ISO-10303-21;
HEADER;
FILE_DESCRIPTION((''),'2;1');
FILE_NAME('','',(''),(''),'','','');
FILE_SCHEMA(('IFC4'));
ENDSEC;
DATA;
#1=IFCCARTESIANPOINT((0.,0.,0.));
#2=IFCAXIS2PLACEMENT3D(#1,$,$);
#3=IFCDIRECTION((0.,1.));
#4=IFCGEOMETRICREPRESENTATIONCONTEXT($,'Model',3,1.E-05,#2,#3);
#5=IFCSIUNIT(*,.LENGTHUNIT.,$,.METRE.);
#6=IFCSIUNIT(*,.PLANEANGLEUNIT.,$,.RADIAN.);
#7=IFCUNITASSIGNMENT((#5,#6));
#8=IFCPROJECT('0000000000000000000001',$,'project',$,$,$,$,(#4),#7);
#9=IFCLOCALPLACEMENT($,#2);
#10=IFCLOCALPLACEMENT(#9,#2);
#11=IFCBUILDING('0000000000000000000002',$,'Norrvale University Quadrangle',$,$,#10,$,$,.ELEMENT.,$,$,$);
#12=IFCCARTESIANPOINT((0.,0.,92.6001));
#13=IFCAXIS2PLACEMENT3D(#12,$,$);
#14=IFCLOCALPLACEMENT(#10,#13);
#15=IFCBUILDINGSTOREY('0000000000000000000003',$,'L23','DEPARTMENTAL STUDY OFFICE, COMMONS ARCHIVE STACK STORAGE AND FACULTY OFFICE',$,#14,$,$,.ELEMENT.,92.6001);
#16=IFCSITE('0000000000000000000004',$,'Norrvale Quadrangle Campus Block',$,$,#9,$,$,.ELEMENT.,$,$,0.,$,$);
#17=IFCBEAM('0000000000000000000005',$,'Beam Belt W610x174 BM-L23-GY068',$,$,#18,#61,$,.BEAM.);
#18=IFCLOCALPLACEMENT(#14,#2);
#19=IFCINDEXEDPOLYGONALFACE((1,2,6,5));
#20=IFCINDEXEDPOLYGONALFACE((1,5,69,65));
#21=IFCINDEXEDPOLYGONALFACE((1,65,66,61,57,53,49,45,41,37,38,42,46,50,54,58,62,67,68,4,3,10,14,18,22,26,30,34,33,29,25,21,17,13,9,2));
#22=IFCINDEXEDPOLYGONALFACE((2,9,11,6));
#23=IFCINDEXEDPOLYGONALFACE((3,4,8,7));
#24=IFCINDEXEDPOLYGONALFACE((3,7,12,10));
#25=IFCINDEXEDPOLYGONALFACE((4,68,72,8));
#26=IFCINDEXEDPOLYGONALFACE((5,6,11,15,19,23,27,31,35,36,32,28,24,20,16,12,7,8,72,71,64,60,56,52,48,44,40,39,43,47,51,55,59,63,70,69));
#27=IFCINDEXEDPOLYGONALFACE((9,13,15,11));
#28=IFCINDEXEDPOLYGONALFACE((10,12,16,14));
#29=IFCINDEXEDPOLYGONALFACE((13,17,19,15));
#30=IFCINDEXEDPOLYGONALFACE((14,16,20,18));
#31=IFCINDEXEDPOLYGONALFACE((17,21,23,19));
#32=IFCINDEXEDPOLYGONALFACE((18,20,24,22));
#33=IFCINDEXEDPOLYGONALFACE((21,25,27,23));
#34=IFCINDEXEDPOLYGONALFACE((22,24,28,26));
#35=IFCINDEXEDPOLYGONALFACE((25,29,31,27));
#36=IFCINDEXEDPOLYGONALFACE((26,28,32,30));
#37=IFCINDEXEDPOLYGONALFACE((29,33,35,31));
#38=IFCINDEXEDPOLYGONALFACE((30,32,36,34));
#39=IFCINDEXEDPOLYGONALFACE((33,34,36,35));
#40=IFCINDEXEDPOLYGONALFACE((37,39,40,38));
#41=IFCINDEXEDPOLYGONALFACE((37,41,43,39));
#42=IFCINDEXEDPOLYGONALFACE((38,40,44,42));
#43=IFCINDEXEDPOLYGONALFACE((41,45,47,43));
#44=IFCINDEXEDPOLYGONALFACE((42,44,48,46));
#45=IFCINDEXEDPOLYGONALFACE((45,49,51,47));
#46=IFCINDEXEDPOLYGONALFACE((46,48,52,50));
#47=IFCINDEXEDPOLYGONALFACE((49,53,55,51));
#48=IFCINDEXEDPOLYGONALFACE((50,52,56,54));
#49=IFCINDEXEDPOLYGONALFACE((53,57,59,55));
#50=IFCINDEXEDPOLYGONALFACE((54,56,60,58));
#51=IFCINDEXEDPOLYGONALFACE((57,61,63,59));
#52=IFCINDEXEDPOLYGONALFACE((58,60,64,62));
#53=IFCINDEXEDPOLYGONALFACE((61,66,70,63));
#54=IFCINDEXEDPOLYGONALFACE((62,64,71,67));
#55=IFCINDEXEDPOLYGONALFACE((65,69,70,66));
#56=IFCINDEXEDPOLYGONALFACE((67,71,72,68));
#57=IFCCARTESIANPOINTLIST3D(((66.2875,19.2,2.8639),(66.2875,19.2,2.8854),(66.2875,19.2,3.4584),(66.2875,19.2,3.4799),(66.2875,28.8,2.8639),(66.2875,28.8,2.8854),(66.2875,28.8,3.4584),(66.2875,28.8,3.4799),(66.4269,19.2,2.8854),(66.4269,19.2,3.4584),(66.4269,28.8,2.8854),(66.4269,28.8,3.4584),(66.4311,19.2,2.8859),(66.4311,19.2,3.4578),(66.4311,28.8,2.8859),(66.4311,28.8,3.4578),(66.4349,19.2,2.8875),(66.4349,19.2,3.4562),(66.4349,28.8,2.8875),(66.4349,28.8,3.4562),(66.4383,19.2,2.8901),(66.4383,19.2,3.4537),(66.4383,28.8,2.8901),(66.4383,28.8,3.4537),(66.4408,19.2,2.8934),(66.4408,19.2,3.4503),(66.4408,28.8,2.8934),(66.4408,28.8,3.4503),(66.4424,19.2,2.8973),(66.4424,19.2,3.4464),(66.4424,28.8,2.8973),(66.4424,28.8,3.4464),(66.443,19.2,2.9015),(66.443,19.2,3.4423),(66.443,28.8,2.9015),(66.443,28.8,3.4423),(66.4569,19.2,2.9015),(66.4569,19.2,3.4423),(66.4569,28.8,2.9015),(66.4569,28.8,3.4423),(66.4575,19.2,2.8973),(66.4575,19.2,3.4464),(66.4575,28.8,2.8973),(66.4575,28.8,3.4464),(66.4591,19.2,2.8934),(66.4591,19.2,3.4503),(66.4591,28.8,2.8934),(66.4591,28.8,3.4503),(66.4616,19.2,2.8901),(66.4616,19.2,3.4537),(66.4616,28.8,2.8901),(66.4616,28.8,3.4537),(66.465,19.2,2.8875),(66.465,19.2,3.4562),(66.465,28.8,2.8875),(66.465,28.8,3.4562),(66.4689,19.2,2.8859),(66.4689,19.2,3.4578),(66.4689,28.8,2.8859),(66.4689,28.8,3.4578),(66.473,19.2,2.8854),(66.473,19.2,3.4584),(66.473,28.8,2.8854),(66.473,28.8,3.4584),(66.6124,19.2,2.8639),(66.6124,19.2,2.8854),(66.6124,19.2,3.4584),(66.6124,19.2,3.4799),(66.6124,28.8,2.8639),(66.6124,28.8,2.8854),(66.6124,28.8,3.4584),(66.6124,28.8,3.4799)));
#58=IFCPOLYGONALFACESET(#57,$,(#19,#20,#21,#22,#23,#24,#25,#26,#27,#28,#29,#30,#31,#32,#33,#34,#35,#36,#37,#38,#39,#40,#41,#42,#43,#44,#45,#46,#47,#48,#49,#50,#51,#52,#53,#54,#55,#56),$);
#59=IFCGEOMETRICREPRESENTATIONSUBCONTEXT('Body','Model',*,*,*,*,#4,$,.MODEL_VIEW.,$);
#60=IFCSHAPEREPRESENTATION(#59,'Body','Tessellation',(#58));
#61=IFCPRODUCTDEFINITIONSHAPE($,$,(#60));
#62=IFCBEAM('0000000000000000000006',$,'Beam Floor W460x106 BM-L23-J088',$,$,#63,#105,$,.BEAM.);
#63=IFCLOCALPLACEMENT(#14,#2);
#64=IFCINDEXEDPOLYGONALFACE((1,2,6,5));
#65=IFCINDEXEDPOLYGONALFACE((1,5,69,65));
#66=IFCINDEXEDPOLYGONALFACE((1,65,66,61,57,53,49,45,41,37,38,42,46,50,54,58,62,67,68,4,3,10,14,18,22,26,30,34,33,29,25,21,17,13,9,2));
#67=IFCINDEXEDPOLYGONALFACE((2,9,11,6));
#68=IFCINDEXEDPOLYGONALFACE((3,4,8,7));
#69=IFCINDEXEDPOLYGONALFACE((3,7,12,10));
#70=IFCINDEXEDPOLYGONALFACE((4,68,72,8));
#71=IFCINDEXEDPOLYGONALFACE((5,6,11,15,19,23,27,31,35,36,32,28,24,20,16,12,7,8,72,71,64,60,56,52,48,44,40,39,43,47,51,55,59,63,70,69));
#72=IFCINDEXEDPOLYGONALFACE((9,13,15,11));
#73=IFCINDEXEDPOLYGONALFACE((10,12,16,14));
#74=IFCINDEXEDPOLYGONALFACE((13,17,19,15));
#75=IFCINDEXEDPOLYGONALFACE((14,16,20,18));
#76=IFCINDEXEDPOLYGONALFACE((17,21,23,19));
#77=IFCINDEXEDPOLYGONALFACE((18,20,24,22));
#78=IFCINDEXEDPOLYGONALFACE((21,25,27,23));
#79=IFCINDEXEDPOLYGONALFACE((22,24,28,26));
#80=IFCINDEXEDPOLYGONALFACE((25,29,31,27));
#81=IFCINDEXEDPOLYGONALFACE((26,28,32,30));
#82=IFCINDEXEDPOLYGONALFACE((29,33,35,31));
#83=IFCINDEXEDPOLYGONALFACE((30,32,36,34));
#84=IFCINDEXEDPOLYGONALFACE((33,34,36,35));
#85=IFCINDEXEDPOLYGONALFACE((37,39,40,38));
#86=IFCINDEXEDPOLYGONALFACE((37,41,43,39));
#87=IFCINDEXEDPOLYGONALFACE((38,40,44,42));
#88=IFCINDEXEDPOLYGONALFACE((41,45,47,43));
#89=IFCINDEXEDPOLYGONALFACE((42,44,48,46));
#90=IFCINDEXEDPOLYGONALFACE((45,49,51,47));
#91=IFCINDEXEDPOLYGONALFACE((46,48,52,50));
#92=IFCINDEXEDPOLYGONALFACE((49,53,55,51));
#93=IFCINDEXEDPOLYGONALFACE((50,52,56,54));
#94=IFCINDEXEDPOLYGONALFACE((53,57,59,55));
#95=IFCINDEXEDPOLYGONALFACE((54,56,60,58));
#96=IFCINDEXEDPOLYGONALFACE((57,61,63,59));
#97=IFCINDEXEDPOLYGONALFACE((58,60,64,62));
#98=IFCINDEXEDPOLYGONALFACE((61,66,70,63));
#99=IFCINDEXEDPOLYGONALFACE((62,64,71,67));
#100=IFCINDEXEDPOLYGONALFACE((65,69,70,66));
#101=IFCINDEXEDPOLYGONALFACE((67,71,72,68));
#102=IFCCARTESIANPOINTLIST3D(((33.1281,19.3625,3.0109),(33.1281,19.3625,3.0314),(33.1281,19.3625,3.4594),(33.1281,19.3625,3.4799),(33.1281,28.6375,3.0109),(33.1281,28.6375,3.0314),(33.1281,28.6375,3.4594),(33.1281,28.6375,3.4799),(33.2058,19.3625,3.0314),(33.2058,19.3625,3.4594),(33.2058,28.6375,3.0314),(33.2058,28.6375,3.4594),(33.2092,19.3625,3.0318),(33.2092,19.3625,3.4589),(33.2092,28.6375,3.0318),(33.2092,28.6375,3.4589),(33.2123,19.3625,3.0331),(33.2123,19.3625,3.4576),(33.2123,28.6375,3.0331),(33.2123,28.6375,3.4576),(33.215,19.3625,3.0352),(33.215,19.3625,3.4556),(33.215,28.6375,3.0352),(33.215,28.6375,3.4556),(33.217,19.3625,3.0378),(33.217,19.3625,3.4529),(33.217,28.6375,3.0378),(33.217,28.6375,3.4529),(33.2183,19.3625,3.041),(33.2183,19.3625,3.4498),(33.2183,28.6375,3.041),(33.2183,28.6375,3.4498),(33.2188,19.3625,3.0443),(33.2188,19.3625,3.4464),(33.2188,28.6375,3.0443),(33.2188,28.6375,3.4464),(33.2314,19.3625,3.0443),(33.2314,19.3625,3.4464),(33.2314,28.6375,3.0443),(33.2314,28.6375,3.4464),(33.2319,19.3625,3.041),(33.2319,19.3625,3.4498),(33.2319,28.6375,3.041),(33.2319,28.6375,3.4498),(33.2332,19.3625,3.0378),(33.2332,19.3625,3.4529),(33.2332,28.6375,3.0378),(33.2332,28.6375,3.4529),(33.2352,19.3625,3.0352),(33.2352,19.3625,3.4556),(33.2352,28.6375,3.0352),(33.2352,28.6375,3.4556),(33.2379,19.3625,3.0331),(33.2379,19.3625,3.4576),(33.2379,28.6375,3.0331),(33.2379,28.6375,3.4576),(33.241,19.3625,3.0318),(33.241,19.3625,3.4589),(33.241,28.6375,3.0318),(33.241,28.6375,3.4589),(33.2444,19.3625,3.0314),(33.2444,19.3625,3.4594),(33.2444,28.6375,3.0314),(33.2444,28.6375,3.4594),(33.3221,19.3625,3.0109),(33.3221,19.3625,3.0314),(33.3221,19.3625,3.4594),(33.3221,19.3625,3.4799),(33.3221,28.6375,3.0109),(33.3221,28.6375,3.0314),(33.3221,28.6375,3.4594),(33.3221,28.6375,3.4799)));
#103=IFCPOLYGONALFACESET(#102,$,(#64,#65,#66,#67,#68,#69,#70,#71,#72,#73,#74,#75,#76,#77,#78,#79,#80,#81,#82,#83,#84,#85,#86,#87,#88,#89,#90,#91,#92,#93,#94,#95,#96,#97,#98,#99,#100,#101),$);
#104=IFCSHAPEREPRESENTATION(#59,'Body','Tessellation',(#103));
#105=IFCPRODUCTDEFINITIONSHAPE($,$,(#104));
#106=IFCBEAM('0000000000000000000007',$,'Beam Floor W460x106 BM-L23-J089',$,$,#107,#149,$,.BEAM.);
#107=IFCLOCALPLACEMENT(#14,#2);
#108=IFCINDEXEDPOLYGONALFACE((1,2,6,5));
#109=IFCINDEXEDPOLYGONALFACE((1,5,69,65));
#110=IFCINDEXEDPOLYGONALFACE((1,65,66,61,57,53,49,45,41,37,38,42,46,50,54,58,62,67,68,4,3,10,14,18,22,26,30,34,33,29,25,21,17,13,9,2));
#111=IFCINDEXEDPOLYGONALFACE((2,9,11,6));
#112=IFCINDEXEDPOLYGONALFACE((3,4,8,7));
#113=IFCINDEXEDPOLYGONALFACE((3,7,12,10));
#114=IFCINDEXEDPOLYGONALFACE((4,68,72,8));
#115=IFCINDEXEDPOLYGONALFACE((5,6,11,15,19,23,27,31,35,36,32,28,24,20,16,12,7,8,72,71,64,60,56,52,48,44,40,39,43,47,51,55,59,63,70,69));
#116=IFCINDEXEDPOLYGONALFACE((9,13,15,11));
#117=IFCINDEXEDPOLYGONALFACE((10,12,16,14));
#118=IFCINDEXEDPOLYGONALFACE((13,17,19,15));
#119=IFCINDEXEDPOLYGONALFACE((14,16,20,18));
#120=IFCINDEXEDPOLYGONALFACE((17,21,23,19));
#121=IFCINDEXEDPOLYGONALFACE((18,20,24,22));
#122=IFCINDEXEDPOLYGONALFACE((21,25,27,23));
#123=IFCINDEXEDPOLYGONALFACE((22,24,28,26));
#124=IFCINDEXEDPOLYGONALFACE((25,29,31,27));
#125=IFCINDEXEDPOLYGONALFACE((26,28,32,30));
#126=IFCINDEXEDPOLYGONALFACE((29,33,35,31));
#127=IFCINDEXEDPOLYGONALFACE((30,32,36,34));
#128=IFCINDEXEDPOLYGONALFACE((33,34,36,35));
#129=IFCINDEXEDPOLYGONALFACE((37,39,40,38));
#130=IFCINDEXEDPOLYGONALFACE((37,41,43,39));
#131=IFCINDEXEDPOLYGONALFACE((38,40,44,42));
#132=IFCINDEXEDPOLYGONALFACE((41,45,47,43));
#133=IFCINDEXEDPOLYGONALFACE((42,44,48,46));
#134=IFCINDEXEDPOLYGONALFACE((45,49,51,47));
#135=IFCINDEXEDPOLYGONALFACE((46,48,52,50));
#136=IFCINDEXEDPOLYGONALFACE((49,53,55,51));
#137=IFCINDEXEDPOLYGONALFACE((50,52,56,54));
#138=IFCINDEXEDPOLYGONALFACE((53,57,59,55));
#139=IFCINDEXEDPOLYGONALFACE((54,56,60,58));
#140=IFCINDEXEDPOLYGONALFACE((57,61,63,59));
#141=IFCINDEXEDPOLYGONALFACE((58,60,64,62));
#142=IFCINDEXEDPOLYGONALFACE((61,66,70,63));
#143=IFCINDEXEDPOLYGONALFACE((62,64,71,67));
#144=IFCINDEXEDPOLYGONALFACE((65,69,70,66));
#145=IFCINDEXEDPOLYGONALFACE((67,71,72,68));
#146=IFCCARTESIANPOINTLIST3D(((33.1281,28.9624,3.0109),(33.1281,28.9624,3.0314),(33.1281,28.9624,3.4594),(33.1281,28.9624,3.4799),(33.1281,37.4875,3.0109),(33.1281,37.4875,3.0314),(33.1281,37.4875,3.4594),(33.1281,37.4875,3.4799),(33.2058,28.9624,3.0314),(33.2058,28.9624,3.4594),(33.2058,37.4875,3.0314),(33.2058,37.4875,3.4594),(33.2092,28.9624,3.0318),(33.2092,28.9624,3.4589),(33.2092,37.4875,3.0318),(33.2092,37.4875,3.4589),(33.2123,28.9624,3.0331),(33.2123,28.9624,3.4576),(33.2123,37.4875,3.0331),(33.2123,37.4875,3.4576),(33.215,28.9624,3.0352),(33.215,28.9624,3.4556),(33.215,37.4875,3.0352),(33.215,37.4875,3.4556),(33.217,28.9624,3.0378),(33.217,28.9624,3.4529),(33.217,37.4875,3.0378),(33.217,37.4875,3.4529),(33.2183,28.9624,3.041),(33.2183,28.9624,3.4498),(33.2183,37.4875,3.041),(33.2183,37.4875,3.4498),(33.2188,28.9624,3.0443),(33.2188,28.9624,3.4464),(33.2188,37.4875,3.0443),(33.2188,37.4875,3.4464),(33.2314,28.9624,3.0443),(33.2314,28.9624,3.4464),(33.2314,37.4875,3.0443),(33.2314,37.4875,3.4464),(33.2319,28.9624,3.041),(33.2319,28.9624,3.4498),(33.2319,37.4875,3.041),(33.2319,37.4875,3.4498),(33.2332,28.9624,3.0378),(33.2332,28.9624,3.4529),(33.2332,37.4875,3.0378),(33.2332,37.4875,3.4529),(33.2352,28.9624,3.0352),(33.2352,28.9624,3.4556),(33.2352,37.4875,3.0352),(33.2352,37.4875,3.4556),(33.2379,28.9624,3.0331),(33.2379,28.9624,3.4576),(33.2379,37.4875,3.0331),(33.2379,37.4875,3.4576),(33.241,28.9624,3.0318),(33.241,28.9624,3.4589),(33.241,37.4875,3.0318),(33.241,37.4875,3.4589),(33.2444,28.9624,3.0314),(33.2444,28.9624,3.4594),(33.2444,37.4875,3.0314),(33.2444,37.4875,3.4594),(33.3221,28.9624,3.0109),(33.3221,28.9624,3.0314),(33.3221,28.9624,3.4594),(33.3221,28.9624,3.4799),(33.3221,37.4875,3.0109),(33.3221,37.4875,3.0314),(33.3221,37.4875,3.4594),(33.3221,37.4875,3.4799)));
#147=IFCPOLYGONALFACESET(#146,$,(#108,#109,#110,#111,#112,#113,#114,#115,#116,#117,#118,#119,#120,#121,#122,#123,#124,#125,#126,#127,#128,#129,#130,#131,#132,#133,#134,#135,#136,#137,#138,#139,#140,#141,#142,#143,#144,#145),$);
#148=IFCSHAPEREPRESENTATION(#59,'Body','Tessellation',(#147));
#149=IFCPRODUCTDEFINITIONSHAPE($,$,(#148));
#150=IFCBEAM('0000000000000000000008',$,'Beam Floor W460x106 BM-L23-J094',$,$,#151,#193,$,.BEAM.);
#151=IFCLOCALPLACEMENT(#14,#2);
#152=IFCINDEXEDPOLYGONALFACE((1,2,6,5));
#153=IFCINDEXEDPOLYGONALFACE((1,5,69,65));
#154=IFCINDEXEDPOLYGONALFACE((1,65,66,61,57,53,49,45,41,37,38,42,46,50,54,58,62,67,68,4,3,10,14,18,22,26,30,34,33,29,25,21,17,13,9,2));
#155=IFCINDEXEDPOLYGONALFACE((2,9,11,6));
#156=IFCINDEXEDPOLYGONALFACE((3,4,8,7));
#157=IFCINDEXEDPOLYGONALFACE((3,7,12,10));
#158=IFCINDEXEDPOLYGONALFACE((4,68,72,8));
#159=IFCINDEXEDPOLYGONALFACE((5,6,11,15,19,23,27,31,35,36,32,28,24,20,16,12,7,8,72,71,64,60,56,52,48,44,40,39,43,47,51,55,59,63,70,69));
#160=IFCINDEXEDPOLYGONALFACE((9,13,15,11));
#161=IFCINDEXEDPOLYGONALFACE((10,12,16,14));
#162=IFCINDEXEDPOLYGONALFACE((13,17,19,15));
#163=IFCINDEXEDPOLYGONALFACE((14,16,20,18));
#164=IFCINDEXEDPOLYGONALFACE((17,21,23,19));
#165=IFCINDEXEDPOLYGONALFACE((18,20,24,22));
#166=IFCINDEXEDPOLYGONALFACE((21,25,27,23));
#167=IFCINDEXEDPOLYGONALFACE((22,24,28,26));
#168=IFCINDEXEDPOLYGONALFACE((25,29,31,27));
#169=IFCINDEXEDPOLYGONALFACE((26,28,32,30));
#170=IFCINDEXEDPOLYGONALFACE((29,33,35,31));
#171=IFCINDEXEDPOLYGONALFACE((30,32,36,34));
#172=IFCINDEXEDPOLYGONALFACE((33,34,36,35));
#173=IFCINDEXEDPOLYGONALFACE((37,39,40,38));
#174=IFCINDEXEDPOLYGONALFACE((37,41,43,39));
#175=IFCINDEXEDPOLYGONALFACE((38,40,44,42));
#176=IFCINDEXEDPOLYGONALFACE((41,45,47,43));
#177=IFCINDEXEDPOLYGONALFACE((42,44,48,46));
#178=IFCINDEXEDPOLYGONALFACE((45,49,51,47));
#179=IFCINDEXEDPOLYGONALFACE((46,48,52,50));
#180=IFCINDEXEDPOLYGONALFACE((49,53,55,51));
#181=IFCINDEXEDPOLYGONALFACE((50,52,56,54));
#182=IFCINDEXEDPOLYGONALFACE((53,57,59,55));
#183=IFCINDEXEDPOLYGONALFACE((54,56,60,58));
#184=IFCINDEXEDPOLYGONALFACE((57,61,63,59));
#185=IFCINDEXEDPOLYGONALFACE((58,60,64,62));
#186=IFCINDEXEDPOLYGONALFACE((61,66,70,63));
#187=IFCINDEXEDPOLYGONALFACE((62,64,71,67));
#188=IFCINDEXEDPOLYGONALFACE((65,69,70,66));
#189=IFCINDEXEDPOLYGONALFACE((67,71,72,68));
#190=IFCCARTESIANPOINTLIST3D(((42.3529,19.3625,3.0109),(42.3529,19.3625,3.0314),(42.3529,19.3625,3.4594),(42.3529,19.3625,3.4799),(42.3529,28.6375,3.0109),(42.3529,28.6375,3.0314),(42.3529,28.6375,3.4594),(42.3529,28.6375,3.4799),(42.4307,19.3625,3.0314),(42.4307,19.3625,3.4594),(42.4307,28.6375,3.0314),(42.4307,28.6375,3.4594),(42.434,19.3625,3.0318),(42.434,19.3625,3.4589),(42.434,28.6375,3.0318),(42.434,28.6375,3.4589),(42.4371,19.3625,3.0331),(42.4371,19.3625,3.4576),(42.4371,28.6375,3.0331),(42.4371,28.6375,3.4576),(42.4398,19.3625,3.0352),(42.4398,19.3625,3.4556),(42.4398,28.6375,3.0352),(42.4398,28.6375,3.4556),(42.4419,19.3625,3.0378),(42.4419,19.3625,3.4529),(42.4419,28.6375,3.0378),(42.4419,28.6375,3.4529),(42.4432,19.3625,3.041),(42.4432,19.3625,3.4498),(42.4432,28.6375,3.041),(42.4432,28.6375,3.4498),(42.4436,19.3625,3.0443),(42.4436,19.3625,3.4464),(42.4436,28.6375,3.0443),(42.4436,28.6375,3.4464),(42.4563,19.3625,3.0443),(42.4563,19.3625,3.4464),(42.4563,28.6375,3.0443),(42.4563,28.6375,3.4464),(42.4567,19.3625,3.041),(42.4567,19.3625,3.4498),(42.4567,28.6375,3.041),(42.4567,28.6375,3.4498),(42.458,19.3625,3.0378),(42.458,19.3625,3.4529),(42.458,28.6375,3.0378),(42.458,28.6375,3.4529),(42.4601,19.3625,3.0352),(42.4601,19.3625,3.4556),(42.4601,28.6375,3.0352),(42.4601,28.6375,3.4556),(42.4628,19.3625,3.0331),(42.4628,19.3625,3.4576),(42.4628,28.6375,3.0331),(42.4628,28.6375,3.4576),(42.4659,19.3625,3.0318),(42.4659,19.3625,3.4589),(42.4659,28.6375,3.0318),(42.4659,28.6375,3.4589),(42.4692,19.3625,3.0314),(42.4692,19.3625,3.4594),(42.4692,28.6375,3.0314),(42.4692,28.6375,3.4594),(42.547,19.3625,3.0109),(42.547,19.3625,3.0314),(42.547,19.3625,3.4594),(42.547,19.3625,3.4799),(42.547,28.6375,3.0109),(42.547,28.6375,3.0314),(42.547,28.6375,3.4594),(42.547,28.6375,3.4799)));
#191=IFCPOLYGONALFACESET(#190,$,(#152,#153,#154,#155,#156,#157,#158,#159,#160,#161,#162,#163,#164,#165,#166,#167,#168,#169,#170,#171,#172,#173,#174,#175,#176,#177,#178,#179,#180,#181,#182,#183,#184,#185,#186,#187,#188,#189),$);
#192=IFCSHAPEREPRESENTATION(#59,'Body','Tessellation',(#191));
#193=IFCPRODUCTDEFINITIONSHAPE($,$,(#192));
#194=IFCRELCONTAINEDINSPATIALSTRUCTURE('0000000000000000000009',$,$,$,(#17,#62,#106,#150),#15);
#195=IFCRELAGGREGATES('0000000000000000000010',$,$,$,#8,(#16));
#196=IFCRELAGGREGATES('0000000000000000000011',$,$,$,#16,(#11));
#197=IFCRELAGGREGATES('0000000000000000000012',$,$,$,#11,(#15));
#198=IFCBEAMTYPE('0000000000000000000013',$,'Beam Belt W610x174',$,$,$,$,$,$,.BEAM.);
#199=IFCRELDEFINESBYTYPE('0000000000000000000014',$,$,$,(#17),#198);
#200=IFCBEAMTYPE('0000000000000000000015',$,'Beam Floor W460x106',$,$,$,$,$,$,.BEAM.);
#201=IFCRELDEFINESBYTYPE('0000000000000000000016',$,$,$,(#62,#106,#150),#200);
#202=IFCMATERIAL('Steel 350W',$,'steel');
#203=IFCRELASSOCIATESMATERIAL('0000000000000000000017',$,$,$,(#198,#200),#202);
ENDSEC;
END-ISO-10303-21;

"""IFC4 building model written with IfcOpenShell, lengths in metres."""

from ifc_helpers import new_model, si_unit, direction, frame, origin, origin_2d, place, context, subcontext, project, spatial, i_section, extrude, material, material_profile, profile_set, type_object, element, save


model = new_model("IFC4")

# Units and contexts
model_context = context("Model", 3, precision=1e-05, world=origin(), true_north=direction((0.0, 1.0)))
body_context = subcontext(model_context, "Body", "Model", "MODEL_VIEW")
ifc_project = project(units=[si_unit("LENGTHUNIT", "METRE"), si_unit("PLANEANGLEUNIT", "RADIAN")], contexts=[model_context])

# Site, building, storey
site_placement = place(None, origin())
site = spatial("IfcSite", under=ifc_project, at=site_placement, Name="Norrvale Quadrangle Campus Block", CompositionType="ELEMENT", RefElevation=0.0)
building_placement = place(site_placement, origin())
building = spatial("IfcBuilding", under=site, at=building_placement, Name="Norrvale University Quadrangle", CompositionType="ELEMENT")
storey_placement = place(building_placement, frame((0.0, 0.0, 92.6001)))
storey = spatial("IfcBuildingStorey", under=building, at=storey_placement, Name="L23", Description="DEPARTMENTAL STUDY OFFICE, COMMONS ARCHIVE STACK STORAGE AND FACULTY OFFICE", CompositionType="ELEMENT", Elevation=92.6001)

# Beams
ifc_material_1 = material(Name="Steel 350W", Category="steel")
ifc_material_profile_1 = material_profile(ifc_material_1, i_section(OverallWidth=0.325, OverallDepth=0.616, WebThickness=0.0139, FlangeThickness=0.0215, FilletRadius=0.0161, at=origin_2d()), Name="Steel 350W")
ifc_profile_set_1 = profile_set([ifc_material_profile_1], Name="Steel 350W")
beam_type_1 = type_object("IfcBeamType", Name="Beam Belt W610x174", PredefinedType="BEAM", material=ifc_profile_set_1)
beam_1_placement = place(storey_placement, frame((66.45, 19.2, 3.1719), z_axis=(0.0, 1.0, 0.0), x_axis=(-1.0, 0.0, 0.0)))
element("IfcBeam", 1, at=beam_1_placement, inside=storey, type_object=beam_type_1, Name="Beam Belt W610x174 BM-L23-GY068", PredefinedType="BEAM", context=body_context, shape_type="SweptSolid", body=[
    extrude(i_section(OverallWidth=0.325, OverallDepth=0.616, WebThickness=0.0139, FlangeThickness=0.0215, FilletRadius=0.0161, at=origin_2d()), origin(), (0.0, 0.0, 1.0), 9.6001),
])
ifc_material_profile_2 = material_profile(ifc_material_1, i_section(OverallWidth=0.1941, OverallDepth=0.469, WebThickness=0.0127, FlangeThickness=0.0205, FilletRadius=0.0129, at=origin_2d()), Name="Steel 350W")
ifc_profile_set_2 = profile_set([ifc_material_profile_2], Name="Steel 350W")
beam_type_2 = type_object("IfcBeamType", Name="Beam Floor W460x106", PredefinedType="BEAM", material=ifc_profile_set_2)
beam_2_placement = place(storey_placement, frame((33.2251, 19.3625, 3.2454), z_axis=(0.0, 1.0, 0.0), x_axis=(-1.0, 0.0, 0.0)))
element("IfcBeam", 2, at=beam_2_placement, inside=storey, type_object=beam_type_2, Name="Beam Floor W460x106 BM-L23-J088", PredefinedType="BEAM", context=body_context, shape_type="SweptSolid", body=[
    extrude(i_section(OverallWidth=0.1941, OverallDepth=0.469, WebThickness=0.0127, FlangeThickness=0.0205, FilletRadius=0.0129, at=origin_2d()), origin(), (0.0, 0.0, 1.0), 9.2749),
])
beam_3_placement = place(storey_placement, frame((33.2251, 28.9624, 3.2454), z_axis=(0.0, 1.0, 0.0), x_axis=(-1.0, 0.0, 0.0)))
element("IfcBeam", 3, at=beam_3_placement, inside=storey, type_object=beam_type_2, Name="Beam Floor W460x106 BM-L23-J089", PredefinedType="BEAM", context=body_context, shape_type="SweptSolid", body=[
    extrude(i_section(OverallWidth=0.1941, OverallDepth=0.469, WebThickness=0.0127, FlangeThickness=0.0205, FilletRadius=0.0129, at=origin_2d()), origin(), (0.0, 0.0, 1.0), 8.5251),
])
beam_4_placement = place(storey_placement, frame((42.45, 19.3625, 3.2454), z_axis=(0.0, 1.0, 0.0), x_axis=(-1.0, 0.0, 0.0)))
element("IfcBeam", 4, at=beam_4_placement, inside=storey, type_object=beam_type_2, Name="Beam Floor W460x106 BM-L23-J094", PredefinedType="BEAM", context=body_context, shape_type="SweptSolid", body=[
    extrude(i_section(OverallWidth=0.1941, OverallDepth=0.469, WebThickness=0.0127, FlangeThickness=0.0205, FilletRadius=0.0129, at=origin_2d()), origin(), (0.0, 0.0, 1.0), 9.2749),
])

save(model, "model.ifc")
